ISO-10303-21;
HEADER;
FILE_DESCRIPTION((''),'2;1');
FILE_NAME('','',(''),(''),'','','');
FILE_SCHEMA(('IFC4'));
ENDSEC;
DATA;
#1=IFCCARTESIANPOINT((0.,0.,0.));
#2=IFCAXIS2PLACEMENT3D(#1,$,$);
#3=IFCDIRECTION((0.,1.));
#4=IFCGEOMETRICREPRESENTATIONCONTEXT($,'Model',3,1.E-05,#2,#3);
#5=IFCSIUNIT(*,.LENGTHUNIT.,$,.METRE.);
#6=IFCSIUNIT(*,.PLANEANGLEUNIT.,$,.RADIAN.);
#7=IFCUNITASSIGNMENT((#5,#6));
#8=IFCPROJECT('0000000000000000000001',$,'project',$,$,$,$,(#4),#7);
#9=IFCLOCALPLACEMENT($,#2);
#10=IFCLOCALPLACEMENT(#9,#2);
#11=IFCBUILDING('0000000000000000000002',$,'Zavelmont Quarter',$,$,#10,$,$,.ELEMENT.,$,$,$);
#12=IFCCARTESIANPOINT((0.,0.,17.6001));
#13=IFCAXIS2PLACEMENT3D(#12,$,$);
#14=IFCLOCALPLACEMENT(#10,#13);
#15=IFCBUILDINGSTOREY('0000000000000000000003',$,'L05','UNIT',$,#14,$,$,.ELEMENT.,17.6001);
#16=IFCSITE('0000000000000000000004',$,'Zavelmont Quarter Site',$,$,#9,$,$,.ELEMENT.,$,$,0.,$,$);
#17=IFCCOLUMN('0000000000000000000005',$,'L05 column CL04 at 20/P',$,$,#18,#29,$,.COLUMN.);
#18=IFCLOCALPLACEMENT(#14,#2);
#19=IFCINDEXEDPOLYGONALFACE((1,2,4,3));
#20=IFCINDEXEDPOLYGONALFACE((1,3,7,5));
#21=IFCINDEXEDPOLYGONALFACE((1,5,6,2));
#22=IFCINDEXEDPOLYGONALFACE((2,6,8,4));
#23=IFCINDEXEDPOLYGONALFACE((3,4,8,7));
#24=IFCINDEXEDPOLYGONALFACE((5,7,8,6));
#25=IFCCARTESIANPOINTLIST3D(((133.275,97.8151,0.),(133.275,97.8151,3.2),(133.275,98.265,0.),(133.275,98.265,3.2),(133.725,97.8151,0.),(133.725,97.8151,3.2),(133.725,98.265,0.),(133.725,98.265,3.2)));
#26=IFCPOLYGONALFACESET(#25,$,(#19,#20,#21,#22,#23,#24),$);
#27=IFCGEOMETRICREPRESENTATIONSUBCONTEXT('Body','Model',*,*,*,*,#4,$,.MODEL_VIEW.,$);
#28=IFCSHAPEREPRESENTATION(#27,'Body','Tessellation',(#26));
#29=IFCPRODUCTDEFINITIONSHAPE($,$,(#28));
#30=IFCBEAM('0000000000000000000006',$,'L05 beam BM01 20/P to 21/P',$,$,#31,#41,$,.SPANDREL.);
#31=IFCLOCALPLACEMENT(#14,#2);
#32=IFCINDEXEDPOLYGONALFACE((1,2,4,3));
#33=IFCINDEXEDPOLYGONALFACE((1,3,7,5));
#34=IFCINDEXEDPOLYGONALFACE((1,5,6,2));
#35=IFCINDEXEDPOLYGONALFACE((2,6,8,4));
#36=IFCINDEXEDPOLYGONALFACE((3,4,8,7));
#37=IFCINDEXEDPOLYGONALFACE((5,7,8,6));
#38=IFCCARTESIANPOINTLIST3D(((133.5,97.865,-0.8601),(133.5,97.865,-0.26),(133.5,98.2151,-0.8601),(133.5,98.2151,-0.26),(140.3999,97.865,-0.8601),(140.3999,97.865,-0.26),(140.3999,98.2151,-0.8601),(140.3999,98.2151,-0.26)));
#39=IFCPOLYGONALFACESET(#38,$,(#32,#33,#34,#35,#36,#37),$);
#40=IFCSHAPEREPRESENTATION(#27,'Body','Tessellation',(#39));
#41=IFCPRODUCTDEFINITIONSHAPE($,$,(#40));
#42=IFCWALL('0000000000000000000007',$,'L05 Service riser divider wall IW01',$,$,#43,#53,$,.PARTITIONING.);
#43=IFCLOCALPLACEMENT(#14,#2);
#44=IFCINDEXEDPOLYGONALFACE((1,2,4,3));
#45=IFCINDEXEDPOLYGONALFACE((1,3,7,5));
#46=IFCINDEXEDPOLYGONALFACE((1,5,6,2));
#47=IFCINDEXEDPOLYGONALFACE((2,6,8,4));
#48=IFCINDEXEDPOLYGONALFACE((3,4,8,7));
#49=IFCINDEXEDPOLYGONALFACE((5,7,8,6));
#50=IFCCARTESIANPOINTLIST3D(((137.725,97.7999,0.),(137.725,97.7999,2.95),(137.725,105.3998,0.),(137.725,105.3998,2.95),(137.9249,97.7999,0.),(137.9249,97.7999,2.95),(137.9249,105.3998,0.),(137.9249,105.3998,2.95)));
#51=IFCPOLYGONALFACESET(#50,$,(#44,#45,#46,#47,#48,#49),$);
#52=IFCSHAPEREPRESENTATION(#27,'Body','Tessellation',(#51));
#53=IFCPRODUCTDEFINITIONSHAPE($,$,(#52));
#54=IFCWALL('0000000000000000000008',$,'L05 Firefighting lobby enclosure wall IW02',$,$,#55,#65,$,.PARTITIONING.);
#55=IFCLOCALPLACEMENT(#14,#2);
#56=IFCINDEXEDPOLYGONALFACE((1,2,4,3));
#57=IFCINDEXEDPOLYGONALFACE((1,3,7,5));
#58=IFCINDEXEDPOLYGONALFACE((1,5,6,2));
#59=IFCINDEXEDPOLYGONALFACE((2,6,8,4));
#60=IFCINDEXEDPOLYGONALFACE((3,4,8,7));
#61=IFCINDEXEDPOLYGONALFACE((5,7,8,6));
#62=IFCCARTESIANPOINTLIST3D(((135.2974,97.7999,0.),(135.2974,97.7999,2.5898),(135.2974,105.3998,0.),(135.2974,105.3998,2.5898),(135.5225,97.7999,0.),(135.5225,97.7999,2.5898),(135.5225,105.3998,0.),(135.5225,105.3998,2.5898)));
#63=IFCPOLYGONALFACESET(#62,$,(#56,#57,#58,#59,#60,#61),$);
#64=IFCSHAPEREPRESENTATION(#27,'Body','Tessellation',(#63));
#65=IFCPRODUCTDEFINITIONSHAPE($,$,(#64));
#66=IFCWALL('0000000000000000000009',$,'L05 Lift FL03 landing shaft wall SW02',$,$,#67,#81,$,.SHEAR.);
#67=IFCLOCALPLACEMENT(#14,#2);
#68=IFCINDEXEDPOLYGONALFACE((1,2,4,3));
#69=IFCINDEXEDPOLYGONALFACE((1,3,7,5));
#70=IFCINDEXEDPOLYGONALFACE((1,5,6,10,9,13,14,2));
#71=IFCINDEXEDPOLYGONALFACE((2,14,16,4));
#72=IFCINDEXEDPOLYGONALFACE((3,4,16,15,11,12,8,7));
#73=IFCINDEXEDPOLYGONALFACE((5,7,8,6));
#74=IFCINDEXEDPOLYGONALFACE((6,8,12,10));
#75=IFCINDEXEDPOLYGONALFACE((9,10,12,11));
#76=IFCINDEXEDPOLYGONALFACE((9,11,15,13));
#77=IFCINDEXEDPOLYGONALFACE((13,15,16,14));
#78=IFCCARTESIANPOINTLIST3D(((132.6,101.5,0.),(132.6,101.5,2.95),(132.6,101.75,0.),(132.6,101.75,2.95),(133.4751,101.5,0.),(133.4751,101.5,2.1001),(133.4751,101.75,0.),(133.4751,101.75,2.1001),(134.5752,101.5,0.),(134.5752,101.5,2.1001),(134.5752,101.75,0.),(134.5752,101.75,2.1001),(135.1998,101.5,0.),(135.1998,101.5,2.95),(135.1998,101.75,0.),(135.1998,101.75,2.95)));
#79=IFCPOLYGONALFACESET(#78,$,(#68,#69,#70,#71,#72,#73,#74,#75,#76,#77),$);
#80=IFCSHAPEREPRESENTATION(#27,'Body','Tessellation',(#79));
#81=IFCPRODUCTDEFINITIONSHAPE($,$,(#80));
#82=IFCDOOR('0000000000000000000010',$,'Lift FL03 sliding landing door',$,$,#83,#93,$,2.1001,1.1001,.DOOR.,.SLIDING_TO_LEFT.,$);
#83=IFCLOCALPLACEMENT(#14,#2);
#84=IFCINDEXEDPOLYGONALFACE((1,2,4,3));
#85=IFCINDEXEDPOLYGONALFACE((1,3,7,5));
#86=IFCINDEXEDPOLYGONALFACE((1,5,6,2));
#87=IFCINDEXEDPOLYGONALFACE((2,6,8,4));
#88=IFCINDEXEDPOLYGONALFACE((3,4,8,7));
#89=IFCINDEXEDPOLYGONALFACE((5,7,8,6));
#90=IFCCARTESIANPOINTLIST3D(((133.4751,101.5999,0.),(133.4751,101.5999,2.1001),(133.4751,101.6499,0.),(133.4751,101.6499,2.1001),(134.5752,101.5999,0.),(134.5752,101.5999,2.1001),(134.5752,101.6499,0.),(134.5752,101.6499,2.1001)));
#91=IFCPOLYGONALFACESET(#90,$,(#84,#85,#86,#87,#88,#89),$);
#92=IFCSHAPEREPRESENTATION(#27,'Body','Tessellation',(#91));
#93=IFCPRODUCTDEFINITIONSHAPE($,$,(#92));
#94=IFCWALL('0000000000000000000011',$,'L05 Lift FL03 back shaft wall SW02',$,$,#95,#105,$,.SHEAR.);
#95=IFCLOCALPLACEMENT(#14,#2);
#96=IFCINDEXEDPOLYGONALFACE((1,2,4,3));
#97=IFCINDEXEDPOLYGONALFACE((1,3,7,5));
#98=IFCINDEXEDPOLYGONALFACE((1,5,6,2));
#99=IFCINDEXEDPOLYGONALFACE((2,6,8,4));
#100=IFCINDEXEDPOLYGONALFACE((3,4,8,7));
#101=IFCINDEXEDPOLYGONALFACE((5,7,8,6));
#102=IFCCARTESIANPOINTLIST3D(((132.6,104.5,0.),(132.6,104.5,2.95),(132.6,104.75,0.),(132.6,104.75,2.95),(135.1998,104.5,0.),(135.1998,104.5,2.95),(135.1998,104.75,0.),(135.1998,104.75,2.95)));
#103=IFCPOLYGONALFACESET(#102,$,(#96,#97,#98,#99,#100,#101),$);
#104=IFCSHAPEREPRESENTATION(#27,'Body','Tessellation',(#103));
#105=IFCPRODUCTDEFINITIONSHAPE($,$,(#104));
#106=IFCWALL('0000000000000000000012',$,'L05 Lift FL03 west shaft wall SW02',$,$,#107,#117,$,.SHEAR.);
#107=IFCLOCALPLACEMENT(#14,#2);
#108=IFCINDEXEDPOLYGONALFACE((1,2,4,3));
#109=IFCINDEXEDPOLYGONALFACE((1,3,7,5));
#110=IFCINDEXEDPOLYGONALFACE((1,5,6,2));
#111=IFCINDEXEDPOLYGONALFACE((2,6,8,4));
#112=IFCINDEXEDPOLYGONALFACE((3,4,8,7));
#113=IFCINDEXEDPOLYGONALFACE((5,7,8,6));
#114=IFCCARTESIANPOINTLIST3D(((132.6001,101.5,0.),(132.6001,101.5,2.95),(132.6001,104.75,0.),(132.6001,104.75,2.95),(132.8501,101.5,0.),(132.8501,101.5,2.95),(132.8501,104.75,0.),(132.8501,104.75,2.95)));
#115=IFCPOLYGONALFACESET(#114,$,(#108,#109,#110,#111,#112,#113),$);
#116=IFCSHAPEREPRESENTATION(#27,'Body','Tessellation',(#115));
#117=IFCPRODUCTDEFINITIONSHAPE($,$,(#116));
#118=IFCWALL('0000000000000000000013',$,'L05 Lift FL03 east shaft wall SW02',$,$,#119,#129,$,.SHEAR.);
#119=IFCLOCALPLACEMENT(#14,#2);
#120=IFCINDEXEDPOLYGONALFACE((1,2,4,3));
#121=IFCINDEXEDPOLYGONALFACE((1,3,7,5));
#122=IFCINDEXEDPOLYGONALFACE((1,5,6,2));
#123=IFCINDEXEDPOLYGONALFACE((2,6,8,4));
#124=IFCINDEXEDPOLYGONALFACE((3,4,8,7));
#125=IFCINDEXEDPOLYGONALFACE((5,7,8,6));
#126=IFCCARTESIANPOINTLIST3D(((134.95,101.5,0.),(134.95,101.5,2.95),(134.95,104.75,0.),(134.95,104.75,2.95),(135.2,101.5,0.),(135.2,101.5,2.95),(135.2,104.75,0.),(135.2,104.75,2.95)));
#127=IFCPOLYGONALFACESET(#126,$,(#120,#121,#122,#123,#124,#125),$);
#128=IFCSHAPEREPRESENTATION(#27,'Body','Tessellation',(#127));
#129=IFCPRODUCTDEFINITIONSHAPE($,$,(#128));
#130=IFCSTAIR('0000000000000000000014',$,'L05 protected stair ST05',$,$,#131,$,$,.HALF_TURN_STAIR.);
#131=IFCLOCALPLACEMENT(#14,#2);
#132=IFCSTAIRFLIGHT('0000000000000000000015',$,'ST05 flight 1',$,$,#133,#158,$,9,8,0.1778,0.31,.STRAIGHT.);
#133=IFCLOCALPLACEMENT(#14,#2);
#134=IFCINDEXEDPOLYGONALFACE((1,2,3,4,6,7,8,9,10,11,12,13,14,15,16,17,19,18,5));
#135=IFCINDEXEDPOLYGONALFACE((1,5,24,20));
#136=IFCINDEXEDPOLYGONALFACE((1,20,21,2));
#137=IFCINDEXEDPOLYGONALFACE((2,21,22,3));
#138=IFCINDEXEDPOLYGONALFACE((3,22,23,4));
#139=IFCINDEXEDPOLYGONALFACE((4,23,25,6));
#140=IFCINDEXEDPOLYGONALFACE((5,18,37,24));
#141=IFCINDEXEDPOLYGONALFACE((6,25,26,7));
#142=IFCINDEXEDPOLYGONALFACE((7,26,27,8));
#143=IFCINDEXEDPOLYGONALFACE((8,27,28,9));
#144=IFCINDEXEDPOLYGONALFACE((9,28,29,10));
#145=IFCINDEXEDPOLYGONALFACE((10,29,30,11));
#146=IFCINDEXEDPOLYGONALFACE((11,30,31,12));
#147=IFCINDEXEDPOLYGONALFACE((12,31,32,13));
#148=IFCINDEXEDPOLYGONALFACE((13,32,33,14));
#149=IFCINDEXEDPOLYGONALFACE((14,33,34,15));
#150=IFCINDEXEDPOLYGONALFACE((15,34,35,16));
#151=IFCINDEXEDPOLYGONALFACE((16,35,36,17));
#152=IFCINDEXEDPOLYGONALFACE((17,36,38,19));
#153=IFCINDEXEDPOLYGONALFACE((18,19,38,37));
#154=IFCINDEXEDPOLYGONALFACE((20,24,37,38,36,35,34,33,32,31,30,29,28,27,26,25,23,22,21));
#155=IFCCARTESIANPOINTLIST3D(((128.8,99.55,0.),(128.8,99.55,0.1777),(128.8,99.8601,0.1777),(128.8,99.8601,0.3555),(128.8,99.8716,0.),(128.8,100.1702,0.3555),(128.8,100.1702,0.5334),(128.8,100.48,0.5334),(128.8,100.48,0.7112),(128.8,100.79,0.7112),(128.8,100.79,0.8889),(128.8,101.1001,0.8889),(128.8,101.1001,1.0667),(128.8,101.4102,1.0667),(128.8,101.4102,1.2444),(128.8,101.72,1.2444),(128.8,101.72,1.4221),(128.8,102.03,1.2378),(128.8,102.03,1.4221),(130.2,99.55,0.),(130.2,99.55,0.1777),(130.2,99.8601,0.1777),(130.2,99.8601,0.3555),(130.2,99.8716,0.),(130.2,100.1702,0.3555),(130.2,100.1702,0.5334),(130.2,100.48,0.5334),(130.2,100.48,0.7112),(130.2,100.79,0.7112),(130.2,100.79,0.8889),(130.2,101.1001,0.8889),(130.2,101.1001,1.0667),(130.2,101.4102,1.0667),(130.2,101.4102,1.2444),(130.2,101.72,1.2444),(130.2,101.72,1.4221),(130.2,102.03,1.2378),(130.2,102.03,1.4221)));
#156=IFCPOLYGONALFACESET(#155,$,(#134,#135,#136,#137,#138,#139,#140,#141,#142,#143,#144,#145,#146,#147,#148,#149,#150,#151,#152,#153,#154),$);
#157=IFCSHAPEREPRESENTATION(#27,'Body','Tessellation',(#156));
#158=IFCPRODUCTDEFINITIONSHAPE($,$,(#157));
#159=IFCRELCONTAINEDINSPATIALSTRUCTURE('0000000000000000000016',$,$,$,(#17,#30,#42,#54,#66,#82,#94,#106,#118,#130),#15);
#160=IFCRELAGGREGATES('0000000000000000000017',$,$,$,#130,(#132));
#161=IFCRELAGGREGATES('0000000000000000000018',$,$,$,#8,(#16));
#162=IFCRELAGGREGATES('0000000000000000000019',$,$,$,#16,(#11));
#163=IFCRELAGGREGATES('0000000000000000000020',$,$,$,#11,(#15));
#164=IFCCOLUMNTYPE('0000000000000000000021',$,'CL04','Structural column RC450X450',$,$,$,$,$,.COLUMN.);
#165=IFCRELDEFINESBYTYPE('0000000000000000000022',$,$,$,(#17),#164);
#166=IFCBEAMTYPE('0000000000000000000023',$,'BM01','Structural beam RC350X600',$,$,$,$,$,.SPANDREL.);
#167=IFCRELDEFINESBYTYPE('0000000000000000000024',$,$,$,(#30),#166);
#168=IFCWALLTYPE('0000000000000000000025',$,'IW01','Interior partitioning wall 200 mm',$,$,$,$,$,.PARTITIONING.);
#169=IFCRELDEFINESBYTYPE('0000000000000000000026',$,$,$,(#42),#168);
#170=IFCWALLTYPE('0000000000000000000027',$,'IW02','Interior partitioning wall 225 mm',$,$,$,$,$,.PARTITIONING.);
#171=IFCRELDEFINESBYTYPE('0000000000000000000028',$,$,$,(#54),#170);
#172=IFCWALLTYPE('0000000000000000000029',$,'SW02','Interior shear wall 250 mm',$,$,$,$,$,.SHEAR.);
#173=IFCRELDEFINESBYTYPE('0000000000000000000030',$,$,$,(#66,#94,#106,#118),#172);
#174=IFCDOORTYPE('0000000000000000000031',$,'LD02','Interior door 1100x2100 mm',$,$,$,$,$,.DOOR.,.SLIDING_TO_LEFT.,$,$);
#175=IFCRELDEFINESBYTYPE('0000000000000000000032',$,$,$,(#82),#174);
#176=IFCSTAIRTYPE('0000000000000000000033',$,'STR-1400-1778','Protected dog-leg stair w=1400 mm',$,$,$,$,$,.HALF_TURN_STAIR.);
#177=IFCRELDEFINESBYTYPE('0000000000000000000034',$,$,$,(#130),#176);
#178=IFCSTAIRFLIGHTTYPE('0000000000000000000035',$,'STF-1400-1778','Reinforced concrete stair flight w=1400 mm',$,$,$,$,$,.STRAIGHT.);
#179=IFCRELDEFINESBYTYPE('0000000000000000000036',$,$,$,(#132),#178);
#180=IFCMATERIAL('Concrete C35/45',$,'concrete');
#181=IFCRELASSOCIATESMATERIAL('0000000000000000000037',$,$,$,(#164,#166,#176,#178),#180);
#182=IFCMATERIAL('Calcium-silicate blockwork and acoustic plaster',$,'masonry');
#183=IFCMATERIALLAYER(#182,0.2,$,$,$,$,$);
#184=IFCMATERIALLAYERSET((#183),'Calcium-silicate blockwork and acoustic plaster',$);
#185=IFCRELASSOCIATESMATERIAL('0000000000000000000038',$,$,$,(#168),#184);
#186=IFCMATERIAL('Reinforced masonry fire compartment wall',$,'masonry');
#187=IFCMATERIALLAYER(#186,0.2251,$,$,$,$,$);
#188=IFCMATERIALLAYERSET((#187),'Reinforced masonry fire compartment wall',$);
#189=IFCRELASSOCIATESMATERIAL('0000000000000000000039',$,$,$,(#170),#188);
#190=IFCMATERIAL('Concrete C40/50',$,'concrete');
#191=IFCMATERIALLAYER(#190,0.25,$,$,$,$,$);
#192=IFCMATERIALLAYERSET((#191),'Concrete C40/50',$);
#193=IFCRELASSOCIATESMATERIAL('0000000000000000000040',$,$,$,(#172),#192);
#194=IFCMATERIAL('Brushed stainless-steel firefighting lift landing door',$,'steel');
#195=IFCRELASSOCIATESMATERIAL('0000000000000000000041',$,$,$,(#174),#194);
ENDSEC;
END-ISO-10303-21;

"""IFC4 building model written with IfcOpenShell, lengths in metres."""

from ifc_helpers import new_model, si_unit, direction, frame, frame_2d, origin, origin_with_axes, origin_2d, place, context, subcontext, project, spatial, polyline, rectangle, outline, extrude, material, layer, layer_set, material_profile, profile_set, type_object, element, fill, aggregate, save


model = new_model("IFC4")

# Units and contexts
model_context = context("Model", 3, precision=1e-05, world=origin(), true_north=direction((0.0, 1.0)))
body_context = subcontext(model_context, "Body", "Model", "MODEL_VIEW")
ifc_project = project(units=[si_unit("LENGTHUNIT", "METRE"), si_unit("PLANEANGLEUNIT", "RADIAN")], contexts=[model_context])

# Site, building, storey
site_placement = place(None, origin())
site = spatial("IfcSite", under=ifc_project, at=site_placement, Name="Zavelmont Quarter Site", CompositionType="ELEMENT", RefElevation=0.0)
building_placement = place(site_placement, origin())
building = spatial("IfcBuilding", under=site, at=building_placement, Name="Zavelmont Quarter", CompositionType="ELEMENT")
storey_placement = place(building_placement, frame((0.0, 0.0, 17.6001)))
storey = spatial("IfcBuildingStorey", under=building, at=storey_placement, Name="L05", Description="UNIT", CompositionType="ELEMENT", Elevation=17.6001)

# Column
ifc_material_1 = material(Name="Concrete C35/45", Category="concrete")
ifc_material_profile_1 = material_profile(ifc_material_1, rectangle(XDim=0.45, YDim=0.45, at=origin_2d()), Name="RC450X450")
ifc_profile_set_1 = profile_set([ifc_material_profile_1], Name="Concrete C35/45")
column_type = type_object("IfcColumnType", Name="CL04", Description="Structural column RC450X450", PredefinedType="COLUMN", material=ifc_profile_set_1)
column_placement = place(storey_placement, frame((133.5, 98.04, 0.0), z_axis=(0.0, 0.0, 1.0), x_axis=(1.0, 0.0, 0.0)))
element("IfcColumn", 1, at=column_placement, inside=storey, type_object=column_type, Name="L05 column CL04 at 20/P", PredefinedType="COLUMN", context=body_context, shape_type="SweptSolid", body=[
    extrude(rectangle(XDim=0.45, YDim=0.45, at=origin_2d()), origin(), (0.0, 0.0, 1.0), 3.2),
])

# Beam
ifc_material_profile_2 = material_profile(ifc_material_1, rectangle(XDim=0.3501, YDim=0.6001, at=origin_2d()), Name="RC350X600")
ifc_profile_set_2 = profile_set([ifc_material_profile_2], Name="Concrete C35/45")
beam_type = type_object("IfcBeamType", Name="BM01", Description="Structural beam RC350X600", PredefinedType="SPANDREL", material=ifc_profile_set_2)
beam_placement = place(storey_placement, frame((133.5, 98.04, -0.5601), z_axis=(1.0, 0.0, 0.0), x_axis=(0.0, 1.0, 0.0)))
element("IfcBeam", 2, at=beam_placement, inside=storey, type_object=beam_type, Name="L05 beam BM01 20/P to 21/P", PredefinedType="SPANDREL", context=body_context, shape_type="SweptSolid", body=[
    extrude(rectangle(XDim=0.3501, YDim=0.6001, at=origin_2d()), origin(), (0.0, 0.0, 1.0), 6.8999),
])

# Walls
ifc_material_2 = material(Name="Calcium-silicate blockwork and acoustic plaster", Category="masonry")
ifc_layer_1 = layer(ifc_material_2, 0.2)
ifc_layer_set_1 = layer_set([ifc_layer_1], Name="Calcium-silicate blockwork and acoustic plaster")
wall_type_1 = type_object("IfcWallType", Name="IW01", Description="Interior partitioning wall 200 mm", PredefinedType="PARTITIONING", material=ifc_layer_set_1)
wall_1_placement = place(storey_placement, frame((137.825, 97.8, 0.0), z_axis=(0.0, 0.0, 1.0), x_axis=(0.0, 1.0, 0.0)))
element("IfcWall", 3, at=wall_1_placement, inside=storey, type_object=wall_type_1, Name="L05 Service riser divider wall IW01", PredefinedType="PARTITIONING", context=body_context, shape_type="SweptSolid", body=[
    extrude(rectangle(XDim=7.5999, YDim=0.2, at=frame_2d((3.7998, 0.0))), origin(), (0.0, 0.0, 1.0), 2.95),
])
ifc_material_3 = material(Name="Reinforced masonry fire compartment wall", Category="masonry")
ifc_layer_2 = layer(ifc_material_3, 0.2251)
ifc_layer_set_2 = layer_set([ifc_layer_2], Name="Reinforced masonry fire compartment wall")
wall_type_2 = type_object("IfcWallType", Name="IW02", Description="Interior partitioning wall 225 mm", PredefinedType="PARTITIONING", material=ifc_layer_set_2)
wall_2_placement = place(storey_placement, frame((135.4099, 97.8, 0.0), z_axis=(0.0, 0.0, 1.0), x_axis=(0.0, 1.0, 0.0)))
element("IfcWall", 4, at=wall_2_placement, inside=storey, type_object=wall_type_2, Name="L05 Firefighting lobby enclosure wall IW02", PredefinedType="PARTITIONING", context=body_context, shape_type="SweptSolid", body=[
    extrude(rectangle(XDim=7.5999, YDim=0.2251, at=frame_2d((3.7998, 0.0))), origin(), (0.0, 0.0, 1.0), 2.5898),
])

# Wall, opening, door
ifc_material_4 = material(Name="Concrete C40/50", Category="concrete")
ifc_layer_3 = layer(ifc_material_4, 0.25)
ifc_layer_set_3 = layer_set([ifc_layer_3], Name="Concrete C40/50")
wall_type_3 = type_object("IfcWallType", Name="SW02", Description="Interior shear wall 250 mm", PredefinedType="SHEAR", material=ifc_layer_set_3)
wall_3_placement = place(storey_placement, frame((132.6001, 101.625, 0.0), z_axis=(0.0, 0.0, 1.0), x_axis=(1.0, 0.0, 0.0)))
wall_3 = element("IfcWall", 5, at=wall_3_placement, inside=storey, type_object=wall_type_3, Name="L05 Lift FL03 landing shaft wall SW02", PredefinedType="SHEAR", context=body_context, shape_type="SweptSolid", body=[
    extrude(rectangle(XDim=2.5999, YDim=0.25, at=frame_2d((1.2998, 0.0))), origin(), (0.0, 0.0, 1.0), 2.95),
])
opening_1_placement = place(wall_3_placement, frame((0.875, 0.0, 0.0)))
opening_1 = element("IfcOpeningElement", 6, at=opening_1_placement, cuts=wall_3, PredefinedType="OPENING", context=body_context, shape_type="SweptSolid", body=[
    extrude(rectangle(XDim=1.1001, YDim=2.1001, at=frame_2d((0.55, 1.05))), frame((0.0, 0.137, 0.0), z_axis=(0.0, -1.0, 0.0), x_axis=(1.0, 0.0, 0.0)), (0.0, 0.0, 1.0), 0.2739),
])
ifc_material_5 = material(Name="Brushed stainless-steel firefighting lift landing door", Category="steel")
door_type_1 = type_object("IfcDoorType", Name="LD02", Description="Interior door 1100x2100 mm", OperationType="SLIDING_TO_LEFT", PredefinedType="DOOR", material=ifc_material_5)
door_1_placement = place(opening_1_placement, origin_with_axes())
door_1 = element("IfcDoor", 7, at=door_1_placement, inside=storey, type_object=door_type_1, Name="Lift FL03 sliding landing door", OperationType="SLIDING_TO_LEFT", OverallHeight=2.1001, OverallWidth=1.1001, PredefinedType="DOOR", context=body_context, shape_type="SweptSolid", body=[
    extrude(rectangle(XDim=1.1001, YDim=2.1001, at=frame_2d((0.55, 1.05))), frame((0.0, 0.0249, 0.0), z_axis=(0.0, -1.0, 0.0), x_axis=(1.0, 0.0, 0.0)), (0.0, 0.0, 1.0), 0.05),
])
fill(opening_1, door_1)

# Walls
wall_4_placement = place(storey_placement, frame((132.6001, 104.625, 0.0), z_axis=(0.0, 0.0, 1.0), x_axis=(1.0, 0.0, 0.0)))
element("IfcWall", 8, at=wall_4_placement, inside=storey, type_object=wall_type_3, Name="L05 Lift FL03 back shaft wall SW02", PredefinedType="SHEAR", context=body_context, shape_type="SweptSolid", body=[
    extrude(rectangle(XDim=2.5999, YDim=0.25, at=frame_2d((1.2998, 0.0))), origin(), (0.0, 0.0, 1.0), 2.95),
])
for number, where, z_axis, x_axis, name in (
    (9, (132.7251, 101.5, 0.0), (0.0, 0.0, 1.0), (0.0, 1.0, 0.0), "L05 Lift FL03 west shaft wall SW02"),
    (10, (135.075, 101.5, 0.0), (0.0, 0.0, 1.0), (0.0, 1.0, 0.0), "L05 Lift FL03 east shaft wall SW02"),
):
    element("IfcWall", number, at=place(storey_placement, frame(where, z_axis=z_axis, x_axis=x_axis)), inside=storey, type_object=wall_type_3, Name=name, PredefinedType="SHEAR", context=body_context, shape_type="SweptSolid", body=[
        extrude(rectangle(XDim=3.25, YDim=0.25, at=frame_2d((1.625, 0.0))), origin(), (0.0, 0.0, 1.0), 2.95),
    ])

# Stair, stair flight
stair_type = type_object("IfcStairType", Name="STR-1400-1778", Description="Protected dog-leg stair w=1400 mm", PredefinedType="HALF_TURN_STAIR", material=ifc_material_1)
stair_placement = place(storey_placement, origin())
stair = element("IfcStair", 11, at=stair_placement, inside=storey, type_object=stair_type, Name="L05 protected stair ST05", PredefinedType="HALF_TURN_STAIR")
stair_flight_type = type_object("IfcStairFlightType", Name="STF-1400-1778", Description="Reinforced concrete stair flight w=1400 mm", PredefinedType="STRAIGHT", material=ifc_material_1)
stair_flight_1_placement = place(storey_placement, frame((129.5, 99.55, 0.0), z_axis=(0.0, 0.0, 1.0), x_axis=(0.0, 1.0, 0.0)))
stair_flight_1 = element("IfcStairFlight", 12, at=stair_flight_1_placement, type_object=stair_flight_type, Name="ST05 flight 1", NumberOfRisers=9, NumberOfTreads=8, PredefinedType="STRAIGHT", RiserHeight=0.1778, TreadLength=0.31, context=body_context, shape_type="SweptSolid", body=[
    extrude(outline(polyline([(0.0, 0.0), (0.0, 0.1777), (0.3101, 0.1777), (0.3101, 0.3555), (0.6201, 0.3555), (0.6201, 0.5334), (0.9299, 0.5334), (0.9299, 0.7112), (1.24, 0.7112), (1.24, 0.8889), (1.55, 0.8889), (1.55, 1.0667), (1.8601, 1.0667), (1.8601, 1.2444), (2.1699, 1.2444), (2.1699, 1.4221), (2.48, 1.4221), (2.48, 1.6001), (2.48, 1.2378), (0.3215, 0.0), (0.0, 0.0)])), frame((0.0, 0.7, 0.0), z_axis=(0.0, -1.0, 0.0), x_axis=(1.0, 0.0, 0.0)), (0.0, 0.0, 1.0), 1.3999),
])
aggregate(stair, [stair_flight_1])

save(model, "model.ifc")
